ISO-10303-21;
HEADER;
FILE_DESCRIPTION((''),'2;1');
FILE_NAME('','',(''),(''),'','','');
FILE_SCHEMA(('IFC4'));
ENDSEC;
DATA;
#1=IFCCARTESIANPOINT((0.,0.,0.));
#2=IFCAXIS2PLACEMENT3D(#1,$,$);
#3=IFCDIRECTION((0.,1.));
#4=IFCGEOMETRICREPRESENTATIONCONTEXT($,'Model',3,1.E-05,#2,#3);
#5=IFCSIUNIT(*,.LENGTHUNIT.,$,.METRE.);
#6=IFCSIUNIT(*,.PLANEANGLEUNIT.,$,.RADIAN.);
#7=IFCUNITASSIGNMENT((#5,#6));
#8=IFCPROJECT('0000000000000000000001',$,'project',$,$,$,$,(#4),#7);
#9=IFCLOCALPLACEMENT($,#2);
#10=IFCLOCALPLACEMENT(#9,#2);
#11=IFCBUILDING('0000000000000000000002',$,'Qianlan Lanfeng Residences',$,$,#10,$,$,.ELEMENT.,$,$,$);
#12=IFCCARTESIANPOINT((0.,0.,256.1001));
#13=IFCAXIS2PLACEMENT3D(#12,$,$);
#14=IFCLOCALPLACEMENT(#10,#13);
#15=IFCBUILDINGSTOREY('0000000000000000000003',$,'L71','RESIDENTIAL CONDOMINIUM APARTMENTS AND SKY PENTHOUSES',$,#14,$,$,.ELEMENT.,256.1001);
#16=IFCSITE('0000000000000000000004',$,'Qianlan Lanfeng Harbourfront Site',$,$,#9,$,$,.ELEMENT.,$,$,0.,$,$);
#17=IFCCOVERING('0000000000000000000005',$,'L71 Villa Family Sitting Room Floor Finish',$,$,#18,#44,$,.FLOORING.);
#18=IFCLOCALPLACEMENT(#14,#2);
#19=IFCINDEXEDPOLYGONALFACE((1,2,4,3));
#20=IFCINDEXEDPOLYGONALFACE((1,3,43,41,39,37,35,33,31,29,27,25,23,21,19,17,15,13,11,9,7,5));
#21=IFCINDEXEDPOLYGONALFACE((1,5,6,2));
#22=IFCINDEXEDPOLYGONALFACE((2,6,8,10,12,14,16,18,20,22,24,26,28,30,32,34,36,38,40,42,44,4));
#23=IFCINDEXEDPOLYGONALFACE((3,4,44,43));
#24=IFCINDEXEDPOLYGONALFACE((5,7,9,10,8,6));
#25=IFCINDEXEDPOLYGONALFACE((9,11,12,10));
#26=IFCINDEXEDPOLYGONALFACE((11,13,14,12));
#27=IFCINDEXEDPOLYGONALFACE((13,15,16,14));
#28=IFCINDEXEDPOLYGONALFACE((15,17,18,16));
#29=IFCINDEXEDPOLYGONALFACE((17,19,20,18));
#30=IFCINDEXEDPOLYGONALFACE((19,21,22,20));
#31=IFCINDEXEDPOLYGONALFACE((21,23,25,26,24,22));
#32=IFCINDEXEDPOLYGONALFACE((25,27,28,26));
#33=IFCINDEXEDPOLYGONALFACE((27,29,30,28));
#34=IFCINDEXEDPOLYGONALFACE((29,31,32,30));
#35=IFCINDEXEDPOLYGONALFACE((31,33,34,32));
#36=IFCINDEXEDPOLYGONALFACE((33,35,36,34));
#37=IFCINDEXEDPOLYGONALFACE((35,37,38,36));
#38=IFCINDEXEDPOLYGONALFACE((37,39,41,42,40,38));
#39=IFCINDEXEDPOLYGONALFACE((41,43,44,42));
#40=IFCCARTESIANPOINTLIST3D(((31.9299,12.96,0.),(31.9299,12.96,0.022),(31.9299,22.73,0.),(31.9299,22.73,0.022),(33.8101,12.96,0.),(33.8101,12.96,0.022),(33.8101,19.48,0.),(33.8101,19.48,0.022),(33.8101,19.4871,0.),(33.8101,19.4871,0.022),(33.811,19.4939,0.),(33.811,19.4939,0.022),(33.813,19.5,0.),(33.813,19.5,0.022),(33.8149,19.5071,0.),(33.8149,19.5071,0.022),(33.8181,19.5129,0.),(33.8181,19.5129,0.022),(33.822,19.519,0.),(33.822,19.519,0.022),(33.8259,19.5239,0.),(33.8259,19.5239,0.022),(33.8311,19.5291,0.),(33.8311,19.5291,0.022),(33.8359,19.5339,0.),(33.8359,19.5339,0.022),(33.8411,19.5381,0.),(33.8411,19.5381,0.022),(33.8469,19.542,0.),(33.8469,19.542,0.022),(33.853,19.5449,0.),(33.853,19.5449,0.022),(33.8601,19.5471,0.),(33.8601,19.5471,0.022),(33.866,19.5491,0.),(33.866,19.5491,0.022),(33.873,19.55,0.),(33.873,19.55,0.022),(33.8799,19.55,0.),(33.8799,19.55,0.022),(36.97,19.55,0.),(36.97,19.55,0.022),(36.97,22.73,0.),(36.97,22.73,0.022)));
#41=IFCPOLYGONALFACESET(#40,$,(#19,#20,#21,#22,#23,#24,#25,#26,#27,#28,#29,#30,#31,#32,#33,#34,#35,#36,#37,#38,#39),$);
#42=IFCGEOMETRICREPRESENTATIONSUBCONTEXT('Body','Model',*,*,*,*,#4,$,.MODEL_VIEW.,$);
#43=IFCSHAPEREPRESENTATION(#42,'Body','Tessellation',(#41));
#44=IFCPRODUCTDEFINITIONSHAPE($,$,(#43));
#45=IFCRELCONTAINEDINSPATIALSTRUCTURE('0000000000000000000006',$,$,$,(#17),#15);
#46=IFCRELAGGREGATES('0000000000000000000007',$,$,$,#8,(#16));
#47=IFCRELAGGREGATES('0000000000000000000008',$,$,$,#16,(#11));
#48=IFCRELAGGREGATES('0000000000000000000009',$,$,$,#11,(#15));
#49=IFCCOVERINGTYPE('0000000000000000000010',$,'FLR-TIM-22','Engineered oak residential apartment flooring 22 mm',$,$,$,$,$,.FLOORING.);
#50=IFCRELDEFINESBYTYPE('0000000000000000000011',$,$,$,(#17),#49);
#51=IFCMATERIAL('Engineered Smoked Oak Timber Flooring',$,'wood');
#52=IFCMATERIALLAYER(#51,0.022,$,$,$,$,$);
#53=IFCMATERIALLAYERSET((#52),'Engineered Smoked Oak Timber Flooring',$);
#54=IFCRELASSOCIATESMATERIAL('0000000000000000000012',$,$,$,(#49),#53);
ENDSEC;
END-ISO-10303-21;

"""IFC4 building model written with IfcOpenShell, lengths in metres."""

from ifc_helpers import new_model, si_unit, direction, frame, origin, place, context, subcontext, project, spatial, polyline, outline, extrude, material, layer, layer_set, type_object, element, save


model = new_model("IFC4")

# Units and contexts
model_context = context("Model", 3, precision=1e-05, world=origin(), true_north=direction((0.0, 1.0)))
body_context = subcontext(model_context, "Body", "Model", "MODEL_VIEW")
ifc_project = project(units=[si_unit("LENGTHUNIT", "METRE"), si_unit("PLANEANGLEUNIT", "RADIAN")], contexts=[model_context])

# Site, building, storey
site_placement = place(None, origin())
site = spatial("IfcSite", under=ifc_project, at=site_placement, Name="Qianlan Lanfeng Harbourfront Site", CompositionType="ELEMENT", RefElevation=0.0)
building_placement = place(site_placement, origin())
building = spatial("IfcBuilding", under=site, at=building_placement, Name="Qianlan Lanfeng Residences", CompositionType="ELEMENT")
storey_placement = place(building_placement, frame((0.0, 0.0, 256.1001)))
storey = spatial("IfcBuildingStorey", under=building, at=storey_placement, Name="L71", Description="RESIDENTIAL CONDOMINIUM APARTMENTS AND SKY PENTHOUSES", CompositionType="ELEMENT", Elevation=256.1001)

# Covering
ifc_material_1 = material(Name="Engineered Smoked Oak Timber Flooring", Category="wood")
ifc_layer_1 = layer(ifc_material_1, 0.022)
ifc_layer_set_1 = layer_set([ifc_layer_1], Name="Engineered Smoked Oak Timber Flooring")
covering_type_1 = type_object("IfcCoveringType", Name="FLR-TIM-22", Description="Engineered oak residential apartment flooring 22 mm", PredefinedType="FLOORING", material=ifc_layer_set_1)
covering_1_placement = place(storey_placement, origin())
element("IfcCovering", 1, at=covering_1_placement, inside=storey, type_object=covering_type_1, Name="L71 Villa Family Sitting Room Floor Finish", PredefinedType="FLOORING", context=body_context, shape_type="SweptSolid", body=[
    extrude(outline(polyline([(31.9299, 12.96), (33.8101, 12.96), (33.8101, 19.48), (33.8101, 19.4871), (33.811, 19.4939), (33.813, 19.5), (33.8149, 19.5071), (33.8181, 19.5129), (33.822, 19.519), (33.8259, 19.5239), (33.8311, 19.5291), (33.8359, 19.5339), (33.8411, 19.5381), (33.8469, 19.542), (33.853, 19.5449), (33.8601, 19.5471), (33.866, 19.5491), (33.873, 19.55), (33.8799, 19.55), (36.97, 19.55), (36.97, 22.73), (31.9299, 22.73), (31.9299, 12.96)])), origin(), (0.0, 0.0, 1.0), 0.022),
])

save(model, "model.ifc")
